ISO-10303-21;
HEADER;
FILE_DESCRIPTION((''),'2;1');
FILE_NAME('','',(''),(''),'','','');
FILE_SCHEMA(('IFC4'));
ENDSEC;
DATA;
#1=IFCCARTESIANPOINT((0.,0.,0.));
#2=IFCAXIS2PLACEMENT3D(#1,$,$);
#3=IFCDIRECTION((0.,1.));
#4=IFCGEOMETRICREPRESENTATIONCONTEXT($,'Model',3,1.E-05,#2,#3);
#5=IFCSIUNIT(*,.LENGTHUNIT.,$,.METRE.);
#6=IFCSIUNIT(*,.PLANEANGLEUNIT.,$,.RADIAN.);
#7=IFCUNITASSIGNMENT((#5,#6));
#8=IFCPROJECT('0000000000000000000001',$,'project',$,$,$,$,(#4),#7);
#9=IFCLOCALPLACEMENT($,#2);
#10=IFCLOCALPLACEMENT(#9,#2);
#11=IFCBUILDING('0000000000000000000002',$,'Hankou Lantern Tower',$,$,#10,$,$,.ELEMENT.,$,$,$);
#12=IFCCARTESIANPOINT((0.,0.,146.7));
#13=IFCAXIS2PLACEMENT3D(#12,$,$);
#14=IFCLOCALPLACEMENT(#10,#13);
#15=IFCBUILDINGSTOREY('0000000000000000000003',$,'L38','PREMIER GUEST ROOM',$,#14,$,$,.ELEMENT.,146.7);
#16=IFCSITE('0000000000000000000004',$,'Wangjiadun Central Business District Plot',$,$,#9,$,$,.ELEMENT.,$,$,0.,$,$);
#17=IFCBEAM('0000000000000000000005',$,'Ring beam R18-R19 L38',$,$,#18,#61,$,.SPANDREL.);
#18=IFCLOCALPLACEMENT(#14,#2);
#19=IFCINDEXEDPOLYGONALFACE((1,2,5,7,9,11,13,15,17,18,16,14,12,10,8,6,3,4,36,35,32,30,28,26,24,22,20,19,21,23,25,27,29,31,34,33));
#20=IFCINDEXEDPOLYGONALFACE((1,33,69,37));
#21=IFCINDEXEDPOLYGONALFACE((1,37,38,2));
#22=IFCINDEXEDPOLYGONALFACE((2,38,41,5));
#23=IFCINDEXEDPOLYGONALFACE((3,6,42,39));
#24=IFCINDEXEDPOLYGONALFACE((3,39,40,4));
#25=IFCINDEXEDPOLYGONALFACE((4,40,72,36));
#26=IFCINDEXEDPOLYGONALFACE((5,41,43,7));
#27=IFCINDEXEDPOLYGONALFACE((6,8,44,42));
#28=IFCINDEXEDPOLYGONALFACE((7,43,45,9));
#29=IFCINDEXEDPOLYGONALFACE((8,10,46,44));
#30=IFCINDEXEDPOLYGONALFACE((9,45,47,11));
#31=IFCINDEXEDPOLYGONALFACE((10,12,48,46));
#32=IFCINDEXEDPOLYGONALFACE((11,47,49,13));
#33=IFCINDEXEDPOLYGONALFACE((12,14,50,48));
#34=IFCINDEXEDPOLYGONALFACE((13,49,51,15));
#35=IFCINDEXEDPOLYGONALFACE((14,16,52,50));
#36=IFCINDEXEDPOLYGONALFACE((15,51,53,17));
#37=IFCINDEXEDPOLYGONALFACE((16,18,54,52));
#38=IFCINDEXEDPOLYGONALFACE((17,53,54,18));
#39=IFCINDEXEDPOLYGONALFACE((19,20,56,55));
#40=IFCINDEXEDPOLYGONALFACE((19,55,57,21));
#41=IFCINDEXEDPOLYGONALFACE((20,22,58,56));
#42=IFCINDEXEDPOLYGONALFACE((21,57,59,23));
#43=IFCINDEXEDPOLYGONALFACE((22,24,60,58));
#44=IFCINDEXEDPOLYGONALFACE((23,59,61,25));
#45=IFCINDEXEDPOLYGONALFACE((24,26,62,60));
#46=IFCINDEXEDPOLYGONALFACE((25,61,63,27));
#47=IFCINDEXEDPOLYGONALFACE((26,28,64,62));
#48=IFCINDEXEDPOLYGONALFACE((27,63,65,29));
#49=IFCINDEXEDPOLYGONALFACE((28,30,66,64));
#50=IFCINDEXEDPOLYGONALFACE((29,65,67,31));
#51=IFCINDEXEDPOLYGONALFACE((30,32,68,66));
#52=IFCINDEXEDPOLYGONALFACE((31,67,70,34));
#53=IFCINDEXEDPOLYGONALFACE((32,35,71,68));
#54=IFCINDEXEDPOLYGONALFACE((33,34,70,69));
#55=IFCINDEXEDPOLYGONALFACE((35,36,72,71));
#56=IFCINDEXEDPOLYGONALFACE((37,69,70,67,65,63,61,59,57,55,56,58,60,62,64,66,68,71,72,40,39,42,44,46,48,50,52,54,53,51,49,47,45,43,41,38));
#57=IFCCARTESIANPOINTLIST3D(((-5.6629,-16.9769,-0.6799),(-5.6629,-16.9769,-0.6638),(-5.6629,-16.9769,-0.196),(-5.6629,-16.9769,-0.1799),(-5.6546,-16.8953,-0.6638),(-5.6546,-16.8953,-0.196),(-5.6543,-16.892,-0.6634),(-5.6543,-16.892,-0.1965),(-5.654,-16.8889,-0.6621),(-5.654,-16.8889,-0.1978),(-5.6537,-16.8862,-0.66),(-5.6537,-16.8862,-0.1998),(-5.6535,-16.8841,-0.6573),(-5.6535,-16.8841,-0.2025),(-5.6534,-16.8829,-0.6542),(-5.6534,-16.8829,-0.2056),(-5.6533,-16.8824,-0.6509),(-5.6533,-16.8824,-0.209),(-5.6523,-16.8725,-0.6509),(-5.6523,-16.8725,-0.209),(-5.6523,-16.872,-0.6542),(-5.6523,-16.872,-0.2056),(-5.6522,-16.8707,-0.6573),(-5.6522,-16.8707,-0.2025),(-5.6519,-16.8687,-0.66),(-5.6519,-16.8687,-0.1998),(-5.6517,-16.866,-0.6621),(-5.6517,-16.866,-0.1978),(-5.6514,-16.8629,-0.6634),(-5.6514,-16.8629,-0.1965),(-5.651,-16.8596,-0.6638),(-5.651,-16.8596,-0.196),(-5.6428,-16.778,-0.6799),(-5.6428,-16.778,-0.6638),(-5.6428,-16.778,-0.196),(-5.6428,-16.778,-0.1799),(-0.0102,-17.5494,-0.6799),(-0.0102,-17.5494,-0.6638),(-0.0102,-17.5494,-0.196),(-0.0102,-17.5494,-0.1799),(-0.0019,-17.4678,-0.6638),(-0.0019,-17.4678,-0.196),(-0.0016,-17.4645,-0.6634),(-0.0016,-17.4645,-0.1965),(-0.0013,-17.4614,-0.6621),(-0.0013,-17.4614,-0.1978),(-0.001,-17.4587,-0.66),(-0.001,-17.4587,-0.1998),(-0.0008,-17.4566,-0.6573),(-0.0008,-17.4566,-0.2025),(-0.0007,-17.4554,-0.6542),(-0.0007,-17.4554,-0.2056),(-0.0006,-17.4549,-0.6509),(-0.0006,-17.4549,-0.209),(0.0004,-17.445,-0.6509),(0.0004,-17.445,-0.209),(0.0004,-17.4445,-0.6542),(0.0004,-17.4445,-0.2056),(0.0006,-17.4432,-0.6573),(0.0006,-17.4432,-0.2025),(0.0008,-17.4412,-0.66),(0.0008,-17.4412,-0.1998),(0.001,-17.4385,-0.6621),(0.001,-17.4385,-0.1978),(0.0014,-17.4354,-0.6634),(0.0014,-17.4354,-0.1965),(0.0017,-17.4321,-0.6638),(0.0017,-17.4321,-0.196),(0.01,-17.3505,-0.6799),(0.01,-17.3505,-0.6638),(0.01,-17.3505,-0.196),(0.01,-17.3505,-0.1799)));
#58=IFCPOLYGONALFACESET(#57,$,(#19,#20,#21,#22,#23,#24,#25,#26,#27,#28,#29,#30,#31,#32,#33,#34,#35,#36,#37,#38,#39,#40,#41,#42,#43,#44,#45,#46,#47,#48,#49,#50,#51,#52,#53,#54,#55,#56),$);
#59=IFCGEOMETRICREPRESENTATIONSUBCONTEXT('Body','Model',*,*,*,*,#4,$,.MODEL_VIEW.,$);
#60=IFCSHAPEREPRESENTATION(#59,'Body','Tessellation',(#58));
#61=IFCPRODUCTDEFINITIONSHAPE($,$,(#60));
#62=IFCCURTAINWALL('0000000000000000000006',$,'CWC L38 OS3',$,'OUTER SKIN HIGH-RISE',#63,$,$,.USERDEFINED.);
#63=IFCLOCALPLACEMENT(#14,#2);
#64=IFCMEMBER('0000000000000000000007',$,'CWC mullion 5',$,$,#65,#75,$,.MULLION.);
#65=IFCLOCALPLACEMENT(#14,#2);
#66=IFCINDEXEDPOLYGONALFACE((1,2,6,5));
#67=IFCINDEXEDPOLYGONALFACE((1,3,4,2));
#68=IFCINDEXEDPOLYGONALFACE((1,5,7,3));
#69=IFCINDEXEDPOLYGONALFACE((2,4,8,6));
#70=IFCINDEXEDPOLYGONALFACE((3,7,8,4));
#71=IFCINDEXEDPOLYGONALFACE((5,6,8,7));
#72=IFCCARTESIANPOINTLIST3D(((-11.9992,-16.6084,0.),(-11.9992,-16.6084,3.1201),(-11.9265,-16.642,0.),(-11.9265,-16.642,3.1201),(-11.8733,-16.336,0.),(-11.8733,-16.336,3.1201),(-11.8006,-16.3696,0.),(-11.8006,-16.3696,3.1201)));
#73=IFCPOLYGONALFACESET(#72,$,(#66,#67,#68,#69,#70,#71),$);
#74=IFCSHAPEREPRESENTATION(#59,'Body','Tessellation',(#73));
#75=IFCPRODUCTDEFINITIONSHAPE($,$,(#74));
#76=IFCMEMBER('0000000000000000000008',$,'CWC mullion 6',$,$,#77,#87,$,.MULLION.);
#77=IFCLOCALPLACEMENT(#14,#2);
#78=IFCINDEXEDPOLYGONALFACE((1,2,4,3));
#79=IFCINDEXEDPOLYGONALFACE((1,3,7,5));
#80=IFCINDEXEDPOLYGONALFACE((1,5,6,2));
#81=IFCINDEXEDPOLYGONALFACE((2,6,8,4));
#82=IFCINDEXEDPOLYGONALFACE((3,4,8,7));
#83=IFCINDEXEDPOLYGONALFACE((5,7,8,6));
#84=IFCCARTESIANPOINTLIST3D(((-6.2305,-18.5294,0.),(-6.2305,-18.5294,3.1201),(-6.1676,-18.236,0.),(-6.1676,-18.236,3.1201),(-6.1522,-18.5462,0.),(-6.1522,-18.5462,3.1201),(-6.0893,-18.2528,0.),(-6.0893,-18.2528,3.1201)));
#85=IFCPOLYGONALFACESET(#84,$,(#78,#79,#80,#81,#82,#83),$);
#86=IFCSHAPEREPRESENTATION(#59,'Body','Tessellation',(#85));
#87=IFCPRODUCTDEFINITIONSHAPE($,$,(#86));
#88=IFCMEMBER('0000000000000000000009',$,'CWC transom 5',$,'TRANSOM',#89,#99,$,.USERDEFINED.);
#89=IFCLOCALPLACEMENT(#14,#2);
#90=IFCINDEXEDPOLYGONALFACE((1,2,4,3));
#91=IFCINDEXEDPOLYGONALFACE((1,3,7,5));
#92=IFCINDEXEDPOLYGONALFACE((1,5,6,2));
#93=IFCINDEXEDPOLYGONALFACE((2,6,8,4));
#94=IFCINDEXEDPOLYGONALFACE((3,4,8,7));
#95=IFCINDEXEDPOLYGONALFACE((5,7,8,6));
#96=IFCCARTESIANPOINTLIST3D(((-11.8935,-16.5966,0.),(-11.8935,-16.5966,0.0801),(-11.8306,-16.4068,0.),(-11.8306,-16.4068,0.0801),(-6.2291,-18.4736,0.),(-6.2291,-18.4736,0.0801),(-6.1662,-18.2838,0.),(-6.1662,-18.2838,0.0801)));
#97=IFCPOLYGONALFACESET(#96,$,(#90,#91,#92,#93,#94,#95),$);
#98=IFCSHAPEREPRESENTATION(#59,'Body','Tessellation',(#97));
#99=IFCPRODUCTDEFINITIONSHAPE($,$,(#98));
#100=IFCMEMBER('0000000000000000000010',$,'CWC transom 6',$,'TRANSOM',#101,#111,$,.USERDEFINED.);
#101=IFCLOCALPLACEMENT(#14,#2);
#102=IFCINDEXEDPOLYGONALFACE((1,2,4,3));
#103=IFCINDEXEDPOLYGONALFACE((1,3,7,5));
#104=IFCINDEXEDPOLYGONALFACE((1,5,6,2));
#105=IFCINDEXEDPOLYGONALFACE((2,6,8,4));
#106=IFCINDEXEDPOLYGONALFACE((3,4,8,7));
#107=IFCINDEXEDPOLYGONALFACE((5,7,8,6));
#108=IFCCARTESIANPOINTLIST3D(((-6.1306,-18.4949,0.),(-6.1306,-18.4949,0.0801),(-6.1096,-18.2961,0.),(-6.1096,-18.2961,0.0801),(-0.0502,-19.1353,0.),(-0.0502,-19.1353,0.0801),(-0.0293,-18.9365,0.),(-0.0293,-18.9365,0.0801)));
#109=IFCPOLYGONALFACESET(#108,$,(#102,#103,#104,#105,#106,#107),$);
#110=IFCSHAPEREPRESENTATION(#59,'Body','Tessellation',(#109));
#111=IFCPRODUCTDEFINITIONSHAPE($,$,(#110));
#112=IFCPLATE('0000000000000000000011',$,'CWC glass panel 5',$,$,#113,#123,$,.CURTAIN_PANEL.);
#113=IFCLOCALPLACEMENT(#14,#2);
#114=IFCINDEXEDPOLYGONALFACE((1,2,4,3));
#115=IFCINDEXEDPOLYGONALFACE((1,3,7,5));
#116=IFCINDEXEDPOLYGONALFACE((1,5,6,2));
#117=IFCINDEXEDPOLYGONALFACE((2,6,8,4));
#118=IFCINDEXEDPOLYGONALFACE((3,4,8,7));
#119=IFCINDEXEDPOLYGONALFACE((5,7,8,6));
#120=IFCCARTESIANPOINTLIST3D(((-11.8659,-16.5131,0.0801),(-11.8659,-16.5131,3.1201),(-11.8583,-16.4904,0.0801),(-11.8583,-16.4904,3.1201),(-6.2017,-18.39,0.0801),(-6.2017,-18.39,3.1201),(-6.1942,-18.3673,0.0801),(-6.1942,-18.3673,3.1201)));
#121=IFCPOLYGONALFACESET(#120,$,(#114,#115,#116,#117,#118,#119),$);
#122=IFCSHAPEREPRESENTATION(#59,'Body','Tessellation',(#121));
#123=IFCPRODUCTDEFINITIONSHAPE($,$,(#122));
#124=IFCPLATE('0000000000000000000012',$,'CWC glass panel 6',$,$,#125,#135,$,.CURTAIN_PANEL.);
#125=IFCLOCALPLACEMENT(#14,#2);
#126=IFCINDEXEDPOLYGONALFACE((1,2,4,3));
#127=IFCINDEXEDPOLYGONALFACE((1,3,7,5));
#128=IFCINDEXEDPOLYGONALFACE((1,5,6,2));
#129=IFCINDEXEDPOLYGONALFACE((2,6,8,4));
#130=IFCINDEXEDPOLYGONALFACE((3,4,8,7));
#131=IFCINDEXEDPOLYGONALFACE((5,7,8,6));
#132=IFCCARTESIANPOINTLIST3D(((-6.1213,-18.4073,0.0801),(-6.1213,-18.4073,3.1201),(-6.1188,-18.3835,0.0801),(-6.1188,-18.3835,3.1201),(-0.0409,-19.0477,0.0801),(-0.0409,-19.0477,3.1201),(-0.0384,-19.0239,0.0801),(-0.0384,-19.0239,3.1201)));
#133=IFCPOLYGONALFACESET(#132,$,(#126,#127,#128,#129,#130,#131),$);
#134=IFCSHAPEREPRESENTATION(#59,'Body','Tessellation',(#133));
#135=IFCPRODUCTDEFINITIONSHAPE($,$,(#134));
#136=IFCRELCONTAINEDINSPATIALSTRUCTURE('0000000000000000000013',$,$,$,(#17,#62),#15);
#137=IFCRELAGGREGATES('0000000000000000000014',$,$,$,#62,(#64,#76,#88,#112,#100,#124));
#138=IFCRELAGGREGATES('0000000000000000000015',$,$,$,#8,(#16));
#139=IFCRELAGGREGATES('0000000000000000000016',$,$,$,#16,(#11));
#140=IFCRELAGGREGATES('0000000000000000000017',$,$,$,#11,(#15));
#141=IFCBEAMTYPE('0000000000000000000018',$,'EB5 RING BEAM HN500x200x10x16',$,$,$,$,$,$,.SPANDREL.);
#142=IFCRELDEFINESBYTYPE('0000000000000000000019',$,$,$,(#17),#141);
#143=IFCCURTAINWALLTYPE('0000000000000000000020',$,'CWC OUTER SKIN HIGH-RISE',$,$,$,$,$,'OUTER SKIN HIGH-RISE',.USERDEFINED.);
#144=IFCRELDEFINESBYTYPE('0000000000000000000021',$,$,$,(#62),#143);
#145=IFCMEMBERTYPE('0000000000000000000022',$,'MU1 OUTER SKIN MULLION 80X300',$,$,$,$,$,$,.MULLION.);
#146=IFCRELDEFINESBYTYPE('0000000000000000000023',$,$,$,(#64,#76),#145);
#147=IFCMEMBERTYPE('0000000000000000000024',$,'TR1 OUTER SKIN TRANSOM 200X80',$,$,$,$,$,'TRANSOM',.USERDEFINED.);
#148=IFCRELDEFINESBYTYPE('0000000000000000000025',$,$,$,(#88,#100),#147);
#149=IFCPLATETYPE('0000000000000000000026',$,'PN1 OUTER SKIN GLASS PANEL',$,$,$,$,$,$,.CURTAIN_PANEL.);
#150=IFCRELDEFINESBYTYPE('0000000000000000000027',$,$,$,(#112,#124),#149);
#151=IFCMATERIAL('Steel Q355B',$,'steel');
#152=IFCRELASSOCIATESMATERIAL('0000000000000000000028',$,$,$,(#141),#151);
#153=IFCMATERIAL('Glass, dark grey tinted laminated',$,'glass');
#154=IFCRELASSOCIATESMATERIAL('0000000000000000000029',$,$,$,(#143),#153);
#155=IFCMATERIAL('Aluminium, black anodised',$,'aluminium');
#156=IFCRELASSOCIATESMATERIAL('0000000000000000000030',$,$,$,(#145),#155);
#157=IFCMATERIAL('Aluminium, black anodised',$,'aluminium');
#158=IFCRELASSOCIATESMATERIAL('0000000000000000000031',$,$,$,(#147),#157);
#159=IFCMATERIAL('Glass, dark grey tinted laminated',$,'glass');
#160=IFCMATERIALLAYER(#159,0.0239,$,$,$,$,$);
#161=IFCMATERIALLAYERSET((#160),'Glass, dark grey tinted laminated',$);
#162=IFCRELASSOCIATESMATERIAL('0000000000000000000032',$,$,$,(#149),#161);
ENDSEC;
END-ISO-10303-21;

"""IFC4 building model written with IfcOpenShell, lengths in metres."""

from ifc_helpers import new_model, si_unit, direction, frame, origin, origin_2d, place, context, subcontext, project, spatial, rectangle, i_section, extrude, material, layer, layer_set, material_profile, profile_set, type_object, element, aggregate, save


model = new_model("IFC4")

# Units and contexts
model_context = context("Model", 3, precision=1e-05, world=origin(), true_north=direction((0.0, 1.0)))
body_context = subcontext(model_context, "Body", "Model", "MODEL_VIEW")
ifc_project = project(units=[si_unit("LENGTHUNIT", "METRE"), si_unit("PLANEANGLEUNIT", "RADIAN")], contexts=[model_context])

# Site, building, storey
site_placement = place(None, origin())
site = spatial("IfcSite", under=ifc_project, at=site_placement, Name="Wangjiadun Central Business District Plot", CompositionType="ELEMENT", RefElevation=0.0)
building_placement = place(site_placement, origin())
building = spatial("IfcBuilding", under=site, at=building_placement, Name="Hankou Lantern Tower", CompositionType="ELEMENT")
storey_placement = place(building_placement, frame((0.0, 0.0, 146.7)))
storey = spatial("IfcBuildingStorey", under=building, at=storey_placement, Name="L38", Description="PREMIER GUEST ROOM", CompositionType="ELEMENT", Elevation=146.7)

# Beam
ifc_material_1 = material(Name="Steel Q355B", Category="steel")
ifc_material_profile_1 = material_profile(ifc_material_1, i_section(OverallWidth=0.2, OverallDepth=0.5, WebThickness=0.01, FlangeThickness=0.0161, FilletRadius=0.0129, at=origin_2d()), Name="HN500x200x10x16")
ifc_profile_set_1 = profile_set([ifc_material_profile_1], Name="Steel Q355B")
beam_type = type_object("IfcBeamType", Name="EB5 RING BEAM HN500x200x10x16", PredefinedType="SPANDREL", material=ifc_profile_set_1)
beam_1_placement = place(storey_placement, frame((-5.6528, -16.8774, -0.4299), z_axis=(0.99491, -0.100763, 0.0), x_axis=(0.100763, 0.99491, 0.0)))
element("IfcBeam", 1, at=beam_1_placement, inside=storey, type_object=beam_type, Name="Ring beam R18-R19 L38", PredefinedType="SPANDREL", context=body_context, shape_type="SweptSolid", body=[
    extrude(i_section(OverallWidth=0.2, OverallDepth=0.5, WebThickness=0.01, FlangeThickness=0.0161, FilletRadius=0.0129, at=origin_2d()), origin(), (0.0, 0.0, 1.0), 5.6816),
])

# Curtain wall, members, plates
ifc_material_2 = material(Name="Glass, dark grey tinted laminated", Category="glass")
curtain_wall_type = type_object("IfcCurtainWallType", Name="CWC OUTER SKIN HIGH-RISE", ElementType="OUTER SKIN HIGH-RISE", PredefinedType="USERDEFINED", material=ifc_material_2)
curtain_wall_placement = place(storey_placement, origin())
curtain_wall = element("IfcCurtainWall", 2, at=curtain_wall_placement, inside=storey, type_object=curtain_wall_type, Name="CWC L38 OS3", ObjectType="OUTER SKIN HIGH-RISE", PredefinedType="USERDEFINED")
ifc_material_3 = material(Name="Aluminium, black anodised", Category="aluminium")
ifc_material_profile_2 = material_profile(ifc_material_3, rectangle(XDim=0.0801, YDim=0.3, at=origin_2d()), Name="MU1 80X300")
ifc_profile_set_2 = profile_set([ifc_material_profile_2], Name="Aluminium, black anodised")
member_type_1 = type_object("IfcMemberType", Name="MU1 OUTER SKIN MULLION 80X300", PredefinedType="MULLION", material=ifc_profile_set_2)
member_1_placement = place(storey_placement, frame((-11.8999, -16.489, 0.0), z_axis=(0.0, 0.0, 1.0), x_axis=(0.907841, -0.419314, 0.0)))
member_1 = element("IfcMember", 3, at=member_1_placement, type_object=member_type_1, Name="CWC mullion 5", PredefinedType="MULLION", context=body_context, shape_type="SweptSolid", body=[
    extrude(rectangle(XDim=0.0801, YDim=0.3, at=origin_2d()), origin(), (0.0, 0.0, 1.0), 3.1201),
])
member_2_placement = place(storey_placement, frame((-6.1599, -18.3911, 0.0), z_axis=(0.0, 0.0, 1.0), x_axis=(0.977788, -0.209598, 0.0)))
member_2 = element("IfcMember", 4, at=member_2_placement, type_object=member_type_1, Name="CWC mullion 6", PredefinedType="MULLION", context=body_context, shape_type="SweptSolid", body=[
    extrude(rectangle(XDim=0.0801, YDim=0.3, at=origin_2d()), origin(), (0.0, 0.0, 1.0), 3.1201),
])
ifc_material_4 = material(Name="Aluminium, black anodised", Category="aluminium")
ifc_material_profile_3 = material_profile(ifc_material_4, rectangle(XDim=0.2, YDim=0.0801, at=origin_2d()), Name="TR1 200X80")
ifc_profile_set_3 = profile_set([ifc_material_profile_3], Name="Aluminium, black anodised")
member_type_2 = type_object("IfcMemberType", Name="TR1 OUTER SKIN TRANSOM 200X80", ElementType="TRANSOM", PredefinedType="USERDEFINED", material=ifc_profile_set_3)
member_3_placement = place(storey_placement, frame((-11.8621, -16.5017, 0.04), z_axis=(0.949242, -0.314546, 0.0), x_axis=(0.314546, 0.949242, 0.0)))
member_3 = element("IfcMember", 5, at=member_3_placement, type_object=member_type_2, Name="CWC transom 5", ObjectType="TRANSOM", PredefinedType="USERDEFINED", context=body_context, shape_type="SweptSolid", body=[
    extrude(rectangle(XDim=0.2, YDim=0.0801, at=origin_2d()), origin(), (0.0, 0.0, 1.0), 5.9673),
])
member_4_placement = place(storey_placement, frame((-6.1201, -18.3955, 0.04), z_axis=(0.9945, -0.104741, 0.0), x_axis=(0.104741, 0.9945, 0.0)))
member_4 = element("IfcMember", 6, at=member_4_placement, type_object=member_type_2, Name="CWC transom 6", ObjectType="TRANSOM", PredefinedType="USERDEFINED", context=body_context, shape_type="SweptSolid", body=[
    extrude(rectangle(XDim=0.2, YDim=0.0801, at=origin_2d()), origin(), (0.0, 0.0, 1.0), 6.114),
])
ifc_material_5 = material(Name="Glass, dark grey tinted laminated", Category="glass")
ifc_layer_1 = layer(ifc_material_5, 0.0239)
ifc_layer_set_1 = layer_set([ifc_layer_1], Name="Glass, dark grey tinted laminated")
plate_type = type_object("IfcPlateType", Name="PN1 OUTER SKIN GLASS PANEL", PredefinedType="CURTAIN_PANEL", material=ifc_layer_set_1)
plate_1_placement = place(storey_placement, frame((-9.03, -17.4402, 0.0801), z_axis=(0.0, 0.0, 1.0), x_axis=(0.949241, -0.314551, 0.0)))
plate_1 = element("IfcPlate", 7, at=plate_1_placement, type_object=plate_type, Name="CWC glass panel 5", PredefinedType="CURTAIN_PANEL", context=body_context, shape_type="SweptSolid", body=[
    extrude(rectangle(XDim=5.967, YDim=0.0239, at=origin_2d()), origin(), (0.0, 0.0, 1.0), 3.04),
])
plate_2_placement = place(storey_placement, frame((-3.0798, -18.7156, 0.0801), z_axis=(0.0, 0.0, 1.0), x_axis=(0.994499, -0.104743, 0.0)))
plate_2 = element("IfcPlate", 8, at=plate_2_placement, type_object=plate_type, Name="CWC glass panel 6", PredefinedType="CURTAIN_PANEL", context=body_context, shape_type="SweptSolid", body=[
    extrude(rectangle(XDim=6.114, YDim=0.0239, at=origin_2d()), origin(), (0.0, 0.0, 1.0), 3.04),
])
aggregate(curtain_wall, [member_1, member_2, member_3, plate_1, member_4, plate_2])

save(model, "model.ifc")
